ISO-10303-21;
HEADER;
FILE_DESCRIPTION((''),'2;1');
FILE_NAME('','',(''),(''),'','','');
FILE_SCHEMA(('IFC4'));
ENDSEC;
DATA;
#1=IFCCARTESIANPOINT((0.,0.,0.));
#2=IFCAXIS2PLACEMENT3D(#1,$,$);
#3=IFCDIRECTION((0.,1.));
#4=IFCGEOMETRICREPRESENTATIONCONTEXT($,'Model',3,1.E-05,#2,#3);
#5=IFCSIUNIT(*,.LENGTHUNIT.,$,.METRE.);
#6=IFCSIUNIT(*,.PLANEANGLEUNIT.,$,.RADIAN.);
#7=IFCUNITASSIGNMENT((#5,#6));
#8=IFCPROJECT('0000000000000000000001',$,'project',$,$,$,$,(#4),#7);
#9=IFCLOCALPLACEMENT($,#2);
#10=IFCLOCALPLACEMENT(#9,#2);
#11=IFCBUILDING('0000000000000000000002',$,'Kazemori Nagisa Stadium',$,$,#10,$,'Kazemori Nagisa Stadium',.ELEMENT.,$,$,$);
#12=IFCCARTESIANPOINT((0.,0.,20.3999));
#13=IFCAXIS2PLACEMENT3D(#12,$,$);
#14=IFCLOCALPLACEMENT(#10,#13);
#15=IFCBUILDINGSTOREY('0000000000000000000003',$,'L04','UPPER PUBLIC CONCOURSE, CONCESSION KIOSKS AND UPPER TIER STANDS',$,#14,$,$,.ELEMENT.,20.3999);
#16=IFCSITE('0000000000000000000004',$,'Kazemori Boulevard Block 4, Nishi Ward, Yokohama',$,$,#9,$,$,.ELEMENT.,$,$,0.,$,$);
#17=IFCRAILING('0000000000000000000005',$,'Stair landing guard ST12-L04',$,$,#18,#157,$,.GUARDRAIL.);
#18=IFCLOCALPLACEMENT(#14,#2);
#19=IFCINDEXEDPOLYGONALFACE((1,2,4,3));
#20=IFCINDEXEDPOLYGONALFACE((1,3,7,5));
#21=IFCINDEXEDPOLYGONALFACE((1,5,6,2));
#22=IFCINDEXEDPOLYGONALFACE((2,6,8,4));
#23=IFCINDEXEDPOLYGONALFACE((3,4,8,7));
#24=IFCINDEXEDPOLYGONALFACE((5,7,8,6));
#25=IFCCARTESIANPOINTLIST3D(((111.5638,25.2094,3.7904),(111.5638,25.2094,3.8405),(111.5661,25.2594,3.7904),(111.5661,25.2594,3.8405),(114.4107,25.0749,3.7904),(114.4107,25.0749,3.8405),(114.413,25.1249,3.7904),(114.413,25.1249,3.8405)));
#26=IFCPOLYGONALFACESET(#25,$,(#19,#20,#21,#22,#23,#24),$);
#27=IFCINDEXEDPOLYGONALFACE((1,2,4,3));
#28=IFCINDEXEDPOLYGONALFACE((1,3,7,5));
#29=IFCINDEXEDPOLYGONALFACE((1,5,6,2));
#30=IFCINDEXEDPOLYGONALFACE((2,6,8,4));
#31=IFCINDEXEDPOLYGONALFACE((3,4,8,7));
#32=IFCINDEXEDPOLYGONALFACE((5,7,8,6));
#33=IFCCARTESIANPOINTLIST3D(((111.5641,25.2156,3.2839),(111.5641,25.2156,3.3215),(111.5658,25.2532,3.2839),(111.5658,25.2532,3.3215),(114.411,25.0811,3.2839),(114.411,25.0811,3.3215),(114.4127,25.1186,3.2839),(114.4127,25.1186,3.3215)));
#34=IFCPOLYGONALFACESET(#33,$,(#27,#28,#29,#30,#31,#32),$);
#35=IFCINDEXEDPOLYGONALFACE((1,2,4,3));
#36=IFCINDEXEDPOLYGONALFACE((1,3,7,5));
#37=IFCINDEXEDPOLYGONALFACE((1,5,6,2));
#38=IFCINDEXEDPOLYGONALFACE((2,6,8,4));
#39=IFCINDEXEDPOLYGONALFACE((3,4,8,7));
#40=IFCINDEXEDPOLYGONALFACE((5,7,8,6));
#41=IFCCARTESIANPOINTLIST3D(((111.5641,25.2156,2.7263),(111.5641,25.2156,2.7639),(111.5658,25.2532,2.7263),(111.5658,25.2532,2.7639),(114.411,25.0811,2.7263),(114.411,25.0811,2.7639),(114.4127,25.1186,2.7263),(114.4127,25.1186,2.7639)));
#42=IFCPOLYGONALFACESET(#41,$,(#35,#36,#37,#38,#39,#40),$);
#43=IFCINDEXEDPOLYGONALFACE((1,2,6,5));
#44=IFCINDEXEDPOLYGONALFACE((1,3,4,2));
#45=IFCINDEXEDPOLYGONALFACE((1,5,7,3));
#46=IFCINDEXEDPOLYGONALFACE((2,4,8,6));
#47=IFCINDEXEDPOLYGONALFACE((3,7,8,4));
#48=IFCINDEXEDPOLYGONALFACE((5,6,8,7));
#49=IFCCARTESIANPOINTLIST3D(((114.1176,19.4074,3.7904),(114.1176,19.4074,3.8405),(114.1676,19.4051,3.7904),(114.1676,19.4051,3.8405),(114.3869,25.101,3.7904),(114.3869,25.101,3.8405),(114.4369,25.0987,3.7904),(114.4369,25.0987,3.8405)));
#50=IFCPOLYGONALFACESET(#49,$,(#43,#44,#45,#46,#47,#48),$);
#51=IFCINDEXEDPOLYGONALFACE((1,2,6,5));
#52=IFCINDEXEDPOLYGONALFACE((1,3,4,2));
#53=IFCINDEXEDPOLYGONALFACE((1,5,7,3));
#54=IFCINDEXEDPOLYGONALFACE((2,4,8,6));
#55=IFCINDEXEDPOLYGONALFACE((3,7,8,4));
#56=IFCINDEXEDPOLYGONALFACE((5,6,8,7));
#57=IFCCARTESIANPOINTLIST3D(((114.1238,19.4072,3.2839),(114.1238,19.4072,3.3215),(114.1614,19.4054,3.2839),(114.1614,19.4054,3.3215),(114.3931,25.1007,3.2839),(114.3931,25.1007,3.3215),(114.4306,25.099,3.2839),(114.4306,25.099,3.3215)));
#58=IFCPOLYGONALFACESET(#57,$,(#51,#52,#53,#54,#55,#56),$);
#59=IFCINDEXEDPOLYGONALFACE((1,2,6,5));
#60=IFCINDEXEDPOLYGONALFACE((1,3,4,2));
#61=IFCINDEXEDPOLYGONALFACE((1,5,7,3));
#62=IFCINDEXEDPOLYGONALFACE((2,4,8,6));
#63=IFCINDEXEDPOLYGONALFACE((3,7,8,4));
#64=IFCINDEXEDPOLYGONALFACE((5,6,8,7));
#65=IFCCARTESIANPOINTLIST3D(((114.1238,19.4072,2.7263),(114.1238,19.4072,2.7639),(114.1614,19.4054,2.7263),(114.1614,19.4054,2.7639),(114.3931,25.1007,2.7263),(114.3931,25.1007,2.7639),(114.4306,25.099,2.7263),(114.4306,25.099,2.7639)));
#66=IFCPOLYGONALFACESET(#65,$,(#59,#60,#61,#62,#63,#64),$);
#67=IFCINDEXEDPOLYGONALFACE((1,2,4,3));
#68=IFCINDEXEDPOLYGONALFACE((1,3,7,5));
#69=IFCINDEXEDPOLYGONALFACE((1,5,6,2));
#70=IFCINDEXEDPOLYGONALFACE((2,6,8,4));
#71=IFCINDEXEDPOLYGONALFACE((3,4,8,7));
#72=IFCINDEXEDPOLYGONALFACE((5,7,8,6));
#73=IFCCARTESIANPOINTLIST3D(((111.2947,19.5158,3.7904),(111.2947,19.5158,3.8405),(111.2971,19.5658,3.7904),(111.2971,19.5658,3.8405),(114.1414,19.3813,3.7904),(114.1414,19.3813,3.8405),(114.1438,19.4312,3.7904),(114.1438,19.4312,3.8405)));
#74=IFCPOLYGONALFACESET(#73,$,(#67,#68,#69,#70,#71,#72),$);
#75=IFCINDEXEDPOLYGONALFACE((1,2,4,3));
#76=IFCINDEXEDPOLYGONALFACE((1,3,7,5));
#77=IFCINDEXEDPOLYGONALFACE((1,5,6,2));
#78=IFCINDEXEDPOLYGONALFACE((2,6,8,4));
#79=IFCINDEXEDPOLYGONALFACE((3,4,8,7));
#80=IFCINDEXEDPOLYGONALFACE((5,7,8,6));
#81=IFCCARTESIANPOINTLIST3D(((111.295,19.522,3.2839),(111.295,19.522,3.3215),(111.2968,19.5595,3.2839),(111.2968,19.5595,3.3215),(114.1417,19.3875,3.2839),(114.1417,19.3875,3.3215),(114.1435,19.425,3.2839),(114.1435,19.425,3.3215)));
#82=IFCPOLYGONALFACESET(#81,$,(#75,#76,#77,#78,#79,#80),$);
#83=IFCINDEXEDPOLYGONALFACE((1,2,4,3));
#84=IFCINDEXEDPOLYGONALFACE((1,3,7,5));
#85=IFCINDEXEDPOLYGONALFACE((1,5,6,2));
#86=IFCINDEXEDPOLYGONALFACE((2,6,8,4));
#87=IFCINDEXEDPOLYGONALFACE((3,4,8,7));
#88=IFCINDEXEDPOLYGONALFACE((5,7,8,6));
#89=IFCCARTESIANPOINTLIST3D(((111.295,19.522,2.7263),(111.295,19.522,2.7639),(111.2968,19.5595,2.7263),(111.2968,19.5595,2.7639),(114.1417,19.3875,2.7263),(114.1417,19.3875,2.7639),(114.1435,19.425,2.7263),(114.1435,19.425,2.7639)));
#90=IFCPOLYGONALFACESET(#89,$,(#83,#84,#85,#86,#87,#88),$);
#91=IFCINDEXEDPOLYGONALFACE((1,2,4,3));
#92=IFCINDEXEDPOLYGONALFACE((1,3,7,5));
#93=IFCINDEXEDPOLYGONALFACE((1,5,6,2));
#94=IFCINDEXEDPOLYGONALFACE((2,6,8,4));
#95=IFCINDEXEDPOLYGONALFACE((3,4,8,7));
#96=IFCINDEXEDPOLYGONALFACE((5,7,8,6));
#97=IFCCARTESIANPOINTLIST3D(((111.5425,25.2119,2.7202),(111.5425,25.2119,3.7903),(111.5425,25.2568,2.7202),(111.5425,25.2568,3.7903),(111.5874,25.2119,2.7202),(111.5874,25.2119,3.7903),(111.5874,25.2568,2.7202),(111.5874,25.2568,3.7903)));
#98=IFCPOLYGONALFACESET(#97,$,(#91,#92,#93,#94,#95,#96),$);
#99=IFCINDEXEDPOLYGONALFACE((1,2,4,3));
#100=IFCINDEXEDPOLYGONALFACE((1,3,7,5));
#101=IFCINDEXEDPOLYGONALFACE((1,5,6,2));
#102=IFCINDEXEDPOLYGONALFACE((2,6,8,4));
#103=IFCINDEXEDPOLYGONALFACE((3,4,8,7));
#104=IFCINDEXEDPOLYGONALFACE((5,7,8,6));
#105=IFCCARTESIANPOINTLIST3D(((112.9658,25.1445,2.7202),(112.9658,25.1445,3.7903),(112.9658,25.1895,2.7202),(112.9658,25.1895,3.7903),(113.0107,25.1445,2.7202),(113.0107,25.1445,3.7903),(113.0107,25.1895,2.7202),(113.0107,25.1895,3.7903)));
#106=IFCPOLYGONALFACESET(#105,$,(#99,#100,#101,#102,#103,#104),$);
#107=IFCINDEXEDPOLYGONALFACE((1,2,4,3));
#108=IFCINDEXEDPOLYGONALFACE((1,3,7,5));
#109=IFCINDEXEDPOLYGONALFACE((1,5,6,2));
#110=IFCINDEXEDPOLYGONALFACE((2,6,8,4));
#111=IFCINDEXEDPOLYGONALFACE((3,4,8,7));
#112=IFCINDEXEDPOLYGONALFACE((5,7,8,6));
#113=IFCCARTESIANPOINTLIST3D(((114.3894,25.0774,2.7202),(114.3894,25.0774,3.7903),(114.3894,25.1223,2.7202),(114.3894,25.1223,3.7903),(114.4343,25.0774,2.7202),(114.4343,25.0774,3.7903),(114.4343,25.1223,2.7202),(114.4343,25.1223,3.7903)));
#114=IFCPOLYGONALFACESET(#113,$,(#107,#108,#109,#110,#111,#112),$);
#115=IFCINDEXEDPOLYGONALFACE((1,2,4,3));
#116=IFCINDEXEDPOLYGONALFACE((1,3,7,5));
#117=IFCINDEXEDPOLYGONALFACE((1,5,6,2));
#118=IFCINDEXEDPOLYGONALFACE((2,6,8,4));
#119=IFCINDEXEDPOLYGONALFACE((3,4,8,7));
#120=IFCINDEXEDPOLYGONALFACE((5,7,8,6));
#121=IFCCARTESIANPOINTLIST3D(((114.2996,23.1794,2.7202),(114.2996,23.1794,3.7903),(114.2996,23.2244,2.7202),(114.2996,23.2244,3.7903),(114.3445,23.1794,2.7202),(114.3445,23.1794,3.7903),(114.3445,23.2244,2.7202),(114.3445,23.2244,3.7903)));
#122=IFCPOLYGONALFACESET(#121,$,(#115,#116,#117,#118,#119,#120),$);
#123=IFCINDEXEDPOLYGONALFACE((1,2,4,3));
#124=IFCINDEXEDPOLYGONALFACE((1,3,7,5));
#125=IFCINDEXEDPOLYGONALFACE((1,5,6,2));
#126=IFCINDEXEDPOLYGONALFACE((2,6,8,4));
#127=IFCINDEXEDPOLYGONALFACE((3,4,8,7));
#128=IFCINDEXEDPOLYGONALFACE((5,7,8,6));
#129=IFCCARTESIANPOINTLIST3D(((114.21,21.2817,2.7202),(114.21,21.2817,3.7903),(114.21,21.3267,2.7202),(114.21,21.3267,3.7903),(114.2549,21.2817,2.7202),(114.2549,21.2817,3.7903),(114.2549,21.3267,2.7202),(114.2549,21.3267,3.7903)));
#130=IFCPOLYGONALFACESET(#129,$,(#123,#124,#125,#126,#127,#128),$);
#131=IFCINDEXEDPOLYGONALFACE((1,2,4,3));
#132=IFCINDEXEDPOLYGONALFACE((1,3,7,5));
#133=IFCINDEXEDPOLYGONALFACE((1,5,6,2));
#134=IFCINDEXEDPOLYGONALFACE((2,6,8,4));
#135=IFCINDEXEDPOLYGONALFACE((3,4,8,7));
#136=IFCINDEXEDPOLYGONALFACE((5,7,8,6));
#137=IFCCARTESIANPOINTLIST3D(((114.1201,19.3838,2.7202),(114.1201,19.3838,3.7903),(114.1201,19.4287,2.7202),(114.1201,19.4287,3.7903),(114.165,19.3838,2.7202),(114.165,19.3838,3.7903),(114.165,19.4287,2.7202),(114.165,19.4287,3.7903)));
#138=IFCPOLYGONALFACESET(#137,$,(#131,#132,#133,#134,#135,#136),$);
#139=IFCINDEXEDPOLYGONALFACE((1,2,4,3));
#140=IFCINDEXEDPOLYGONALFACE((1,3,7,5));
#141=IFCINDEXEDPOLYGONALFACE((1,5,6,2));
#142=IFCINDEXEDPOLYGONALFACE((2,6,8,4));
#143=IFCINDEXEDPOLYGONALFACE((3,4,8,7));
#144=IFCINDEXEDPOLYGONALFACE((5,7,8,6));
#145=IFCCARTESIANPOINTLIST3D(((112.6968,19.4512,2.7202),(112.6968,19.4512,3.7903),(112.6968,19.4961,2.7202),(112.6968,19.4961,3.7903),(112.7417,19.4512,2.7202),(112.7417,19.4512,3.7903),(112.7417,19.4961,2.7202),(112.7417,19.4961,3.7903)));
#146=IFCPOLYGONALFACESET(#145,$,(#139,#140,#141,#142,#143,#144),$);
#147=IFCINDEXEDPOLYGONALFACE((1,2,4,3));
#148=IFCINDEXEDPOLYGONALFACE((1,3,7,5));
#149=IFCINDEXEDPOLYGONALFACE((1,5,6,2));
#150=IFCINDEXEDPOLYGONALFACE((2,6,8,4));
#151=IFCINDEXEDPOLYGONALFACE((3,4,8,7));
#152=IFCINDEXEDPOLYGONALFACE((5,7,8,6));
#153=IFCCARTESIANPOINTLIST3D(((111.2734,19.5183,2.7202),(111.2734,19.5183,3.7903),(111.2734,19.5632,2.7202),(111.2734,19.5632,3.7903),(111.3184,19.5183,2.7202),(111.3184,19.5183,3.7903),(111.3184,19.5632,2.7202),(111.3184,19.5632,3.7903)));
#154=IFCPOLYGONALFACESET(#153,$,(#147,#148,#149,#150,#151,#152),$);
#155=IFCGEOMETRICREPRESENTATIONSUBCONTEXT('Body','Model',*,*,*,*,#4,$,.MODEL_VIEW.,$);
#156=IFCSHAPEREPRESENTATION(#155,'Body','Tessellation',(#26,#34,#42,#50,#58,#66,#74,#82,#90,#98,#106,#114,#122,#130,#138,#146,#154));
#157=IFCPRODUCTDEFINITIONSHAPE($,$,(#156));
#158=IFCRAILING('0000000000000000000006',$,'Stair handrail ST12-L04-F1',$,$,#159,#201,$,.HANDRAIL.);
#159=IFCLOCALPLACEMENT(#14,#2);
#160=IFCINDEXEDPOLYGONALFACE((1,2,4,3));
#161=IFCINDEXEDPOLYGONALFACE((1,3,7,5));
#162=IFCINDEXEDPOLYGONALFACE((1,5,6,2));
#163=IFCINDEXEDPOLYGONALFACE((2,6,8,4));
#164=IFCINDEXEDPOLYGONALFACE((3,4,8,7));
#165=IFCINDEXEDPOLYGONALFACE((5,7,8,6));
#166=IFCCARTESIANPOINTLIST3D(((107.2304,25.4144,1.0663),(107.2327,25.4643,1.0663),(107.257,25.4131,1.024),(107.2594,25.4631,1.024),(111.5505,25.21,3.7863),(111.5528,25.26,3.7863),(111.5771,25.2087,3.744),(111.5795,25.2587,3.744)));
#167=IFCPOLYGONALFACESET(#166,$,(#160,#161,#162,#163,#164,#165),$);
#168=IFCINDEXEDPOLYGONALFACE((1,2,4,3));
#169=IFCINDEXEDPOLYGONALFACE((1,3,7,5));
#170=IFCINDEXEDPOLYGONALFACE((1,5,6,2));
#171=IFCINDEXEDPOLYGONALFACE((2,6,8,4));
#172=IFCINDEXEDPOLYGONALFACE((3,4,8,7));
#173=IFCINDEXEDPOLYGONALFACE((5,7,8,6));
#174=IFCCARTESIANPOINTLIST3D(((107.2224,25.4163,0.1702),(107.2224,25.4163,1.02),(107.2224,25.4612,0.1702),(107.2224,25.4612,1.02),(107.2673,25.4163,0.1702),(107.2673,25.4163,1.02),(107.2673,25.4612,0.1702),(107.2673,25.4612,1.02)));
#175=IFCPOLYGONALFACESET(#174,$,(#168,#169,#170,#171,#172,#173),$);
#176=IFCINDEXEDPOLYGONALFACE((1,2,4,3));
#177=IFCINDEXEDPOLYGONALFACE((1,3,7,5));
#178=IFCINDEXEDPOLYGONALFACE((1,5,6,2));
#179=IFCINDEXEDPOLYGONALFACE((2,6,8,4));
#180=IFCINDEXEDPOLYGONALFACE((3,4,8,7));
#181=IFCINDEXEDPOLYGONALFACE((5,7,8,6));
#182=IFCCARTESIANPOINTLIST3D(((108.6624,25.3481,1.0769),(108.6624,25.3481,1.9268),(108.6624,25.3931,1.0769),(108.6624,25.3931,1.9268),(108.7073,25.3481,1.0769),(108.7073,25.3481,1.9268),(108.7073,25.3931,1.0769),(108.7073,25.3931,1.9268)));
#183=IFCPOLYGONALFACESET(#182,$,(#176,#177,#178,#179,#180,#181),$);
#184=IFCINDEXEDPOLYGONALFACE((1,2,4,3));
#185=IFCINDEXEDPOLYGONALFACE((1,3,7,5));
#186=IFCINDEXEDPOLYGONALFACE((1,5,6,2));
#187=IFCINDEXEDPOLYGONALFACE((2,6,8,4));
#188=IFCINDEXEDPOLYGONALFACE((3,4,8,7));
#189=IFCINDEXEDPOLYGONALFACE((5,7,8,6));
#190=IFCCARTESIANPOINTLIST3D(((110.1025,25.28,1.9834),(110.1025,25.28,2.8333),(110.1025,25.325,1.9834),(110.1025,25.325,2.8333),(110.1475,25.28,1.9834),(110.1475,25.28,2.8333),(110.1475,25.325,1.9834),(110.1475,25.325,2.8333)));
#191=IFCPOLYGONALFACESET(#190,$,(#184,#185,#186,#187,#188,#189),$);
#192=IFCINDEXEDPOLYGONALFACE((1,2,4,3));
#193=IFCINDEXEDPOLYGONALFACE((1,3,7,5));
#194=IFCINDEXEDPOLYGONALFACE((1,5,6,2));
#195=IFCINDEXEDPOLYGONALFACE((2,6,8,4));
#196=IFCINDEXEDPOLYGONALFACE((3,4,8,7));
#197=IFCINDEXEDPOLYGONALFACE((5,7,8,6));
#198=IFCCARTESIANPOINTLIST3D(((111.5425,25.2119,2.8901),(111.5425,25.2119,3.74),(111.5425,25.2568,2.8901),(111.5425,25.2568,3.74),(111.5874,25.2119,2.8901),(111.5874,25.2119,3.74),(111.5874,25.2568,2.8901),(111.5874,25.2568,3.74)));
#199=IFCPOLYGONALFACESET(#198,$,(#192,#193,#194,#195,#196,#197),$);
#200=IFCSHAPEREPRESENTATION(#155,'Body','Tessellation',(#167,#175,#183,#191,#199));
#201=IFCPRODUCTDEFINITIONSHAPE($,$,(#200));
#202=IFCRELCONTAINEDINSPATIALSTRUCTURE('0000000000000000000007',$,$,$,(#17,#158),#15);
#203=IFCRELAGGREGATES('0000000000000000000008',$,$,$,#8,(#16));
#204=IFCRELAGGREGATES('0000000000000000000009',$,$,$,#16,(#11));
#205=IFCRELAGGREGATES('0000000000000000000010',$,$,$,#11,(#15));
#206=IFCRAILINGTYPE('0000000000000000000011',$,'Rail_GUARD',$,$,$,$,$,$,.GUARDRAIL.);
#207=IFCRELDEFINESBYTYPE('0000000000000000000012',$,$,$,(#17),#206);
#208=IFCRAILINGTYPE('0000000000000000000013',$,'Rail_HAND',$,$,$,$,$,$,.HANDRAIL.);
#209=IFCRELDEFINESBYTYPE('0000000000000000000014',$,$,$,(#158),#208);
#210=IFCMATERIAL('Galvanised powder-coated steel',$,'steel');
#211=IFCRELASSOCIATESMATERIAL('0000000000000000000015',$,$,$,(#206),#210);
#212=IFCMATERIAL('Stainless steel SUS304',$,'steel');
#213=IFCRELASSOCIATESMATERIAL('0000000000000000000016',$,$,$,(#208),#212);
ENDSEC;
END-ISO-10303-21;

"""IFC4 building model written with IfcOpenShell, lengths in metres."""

from ifc_helpers import new_model, si_unit, direction, frame, origin, origin_2d, place, context, subcontext, project, spatial, rectangle, extrude, material, type_object, element, save


model = new_model("IFC4")

# Units and contexts
model_context = context("Model", 3, precision=1e-05, world=origin(), true_north=direction((0.0, 1.0)))
body_context = subcontext(model_context, "Body", "Model", "MODEL_VIEW")
ifc_project = project(units=[si_unit("LENGTHUNIT", "METRE"), si_unit("PLANEANGLEUNIT", "RADIAN")], contexts=[model_context])

# Site, building, storey
site_placement = place(None, origin())
site = spatial("IfcSite", under=ifc_project, at=site_placement, Name="Kazemori Boulevard Block 4, Nishi Ward, Yokohama", CompositionType="ELEMENT", RefElevation=0.0)
building_placement = place(site_placement, origin())
building = spatial("IfcBuilding", under=site, at=building_placement, Name="Kazemori Nagisa Stadium", LongName="Kazemori Nagisa Stadium", CompositionType="ELEMENT")
storey_placement = place(building_placement, frame((0.0, 0.0, 20.3999)))
storey = spatial("IfcBuildingStorey", under=building, at=storey_placement, Name="L04", Description="UPPER PUBLIC CONCOURSE, CONCESSION KIOSKS AND UPPER TIER STANDS", CompositionType="ELEMENT", Elevation=20.3999)

# Railings
ifc_material_1 = material(Name="Galvanised powder-coated steel", Category="steel")
railing_type_1 = type_object("IfcRailingType", Name="Rail_GUARD", PredefinedType="GUARDRAIL", material=ifc_material_1)
railing_1_placement = place(storey_placement, frame((111.5649, 25.2344, 2.7202)))
element("IfcRailing", 1, at=railing_1_placement, inside=storey, type_object=railing_type_1, Name="Stair landing guard ST12-L04", PredefinedType="GUARDRAIL", context=body_context, shape_type="SweptSolid", body=[
    extrude(rectangle(XDim=0.05, YDim=0.05, at=origin_2d()), frame((0.0, 0.0, 1.0952), z_axis=(0.998886, -0.047199, 0.0), x_axis=(0.047199, 0.998886, 0.0)), (0.0, 0.0, 1.0), 2.8501),
    extrude(rectangle(XDim=0.0376, YDim=0.0376, at=origin_2d()), frame((0.0, 0.0, 0.5825), z_axis=(0.998886, -0.047199, 0.0), x_axis=(0.047199, 0.998886, 0.0)), (0.0, 0.0, 1.0), 2.8501),
    extrude(rectangle(XDim=0.0376, YDim=0.0376, at=origin_2d()), frame((0.0, 0.0, 0.0249), z_axis=(0.998886, -0.047199, 0.0), x_axis=(0.047199, 0.998886, 0.0)), (0.0, 0.0, 1.0), 2.8501),
    extrude(rectangle(XDim=0.05, YDim=0.05, at=origin_2d()), frame((2.8469, -0.1345, 1.0952), z_axis=(-0.047244, -0.998883, 0.0), x_axis=(0.998883, -0.047244, 0.0)), (0.0, 0.0, 1.0), 5.7),
    extrude(rectangle(XDim=0.0376, YDim=0.0376, at=origin_2d()), frame((2.8469, -0.1345, 0.5825), z_axis=(-0.047244, -0.998883, 0.0), x_axis=(0.998883, -0.047244, 0.0)), (0.0, 0.0, 1.0), 5.7),
    extrude(rectangle(XDim=0.0376, YDim=0.0376, at=origin_2d()), frame((2.8469, -0.1345, 0.0249), z_axis=(-0.047244, -0.998883, 0.0), x_axis=(0.998883, -0.047244, 0.0)), (0.0, 0.0, 1.0), 5.7),
    extrude(rectangle(XDim=0.05, YDim=0.05, at=origin_2d()), frame((2.5776, -5.8281, 1.0952), z_axis=(-0.998885, 0.047203, 0.0), x_axis=(-0.047203, -0.998885, 0.0)), (0.0, 0.0, 1.0), 2.8499),
    extrude(rectangle(XDim=0.0376, YDim=0.0376, at=origin_2d()), frame((2.5776, -5.8281, 0.5825), z_axis=(-0.998885, 0.047203, 0.0), x_axis=(-0.047203, -0.998885, 0.0)), (0.0, 0.0, 1.0), 2.8499),
    extrude(rectangle(XDim=0.0376, YDim=0.0376, at=origin_2d()), frame((2.5776, -5.8281, 0.0249), z_axis=(-0.998885, 0.047203, 0.0), x_axis=(-0.047203, -0.998885, 0.0)), (0.0, 0.0, 1.0), 2.8499),
    extrude(rectangle(XDim=0.0449, YDim=0.0449, at=origin_2d()), origin(), (0.0, 0.0, 1.0), 1.0701),
    extrude(rectangle(XDim=0.0449, YDim=0.0449, at=origin_2d()), frame((1.4233, -0.0674, 0.0)), (0.0, 0.0, 1.0), 1.0701),
    extrude(rectangle(XDim=0.0449, YDim=0.0449, at=origin_2d()), frame((2.8469, -0.1345, 0.0)), (0.0, 0.0, 1.0), 1.0701),
    extrude(rectangle(XDim=0.0449, YDim=0.0449, at=origin_2d()), frame((2.7571, -2.0325, 0.0)), (0.0, 0.0, 1.0), 1.0701),
    extrude(rectangle(XDim=0.0449, YDim=0.0449, at=origin_2d()), frame((2.6675, -3.9302, 0.0)), (0.0, 0.0, 1.0), 1.0701),
    extrude(rectangle(XDim=0.0449, YDim=0.0449, at=origin_2d()), frame((2.5776, -5.8281, 0.0)), (0.0, 0.0, 1.0), 1.0701),
    extrude(rectangle(XDim=0.0449, YDim=0.0449, at=origin_2d()), frame((1.1543, -5.7607, 0.0)), (0.0, 0.0, 1.0), 1.0701),
    extrude(rectangle(XDim=0.0449, YDim=0.0449, at=origin_2d()), frame((-0.269, -5.6936, 0.0)), (0.0, 0.0, 1.0), 1.0701),
])
ifc_material_2 = material(Name="Stainless steel SUS304", Category="steel")
railing_type_2 = type_object("IfcRailingType", Name="Rail_HAND", PredefinedType="HANDRAIL", material=ifc_material_2)
railing_2_placement = place(storey_placement, frame((107.2449, 25.4387, 0.1702)))
element("IfcRailing", 2, at=railing_2_placement, inside=storey, type_object=railing_type_2, Name="Stair handrail ST12-L04-F1", PredefinedType="HANDRAIL", context=body_context, shape_type="SweptSolid", body=[
    extrude(rectangle(XDim=0.05, YDim=0.05, at=origin_2d()), frame((0.0, 0.0, 0.875), z_axis=(0.845562, -0.039996, 0.532377), x_axis=(0.047249, 0.998883, 0.0)), (0.0, 0.0, 1.0), 5.1091),
    extrude(rectangle(XDim=0.0449, YDim=0.0449, at=origin_2d()), origin(), (0.0, 0.0, 1.0), 0.8499),
    extrude(rectangle(XDim=0.0449, YDim=0.0449, at=origin_2d()), frame((1.4399, -0.0681, 0.9067)), (0.0, 0.0, 1.0), 0.8499),
    extrude(rectangle(XDim=0.0449, YDim=0.0449, at=origin_2d()), frame((2.8801, -0.1362, 1.8132)), (0.0, 0.0, 1.0), 0.8499),
    extrude(rectangle(XDim=0.0449, YDim=0.0449, at=origin_2d()), frame((4.3201, -0.2043, 2.72)), (0.0, 0.0, 1.0), 0.8499),
])

save(model, "model.ifc")
